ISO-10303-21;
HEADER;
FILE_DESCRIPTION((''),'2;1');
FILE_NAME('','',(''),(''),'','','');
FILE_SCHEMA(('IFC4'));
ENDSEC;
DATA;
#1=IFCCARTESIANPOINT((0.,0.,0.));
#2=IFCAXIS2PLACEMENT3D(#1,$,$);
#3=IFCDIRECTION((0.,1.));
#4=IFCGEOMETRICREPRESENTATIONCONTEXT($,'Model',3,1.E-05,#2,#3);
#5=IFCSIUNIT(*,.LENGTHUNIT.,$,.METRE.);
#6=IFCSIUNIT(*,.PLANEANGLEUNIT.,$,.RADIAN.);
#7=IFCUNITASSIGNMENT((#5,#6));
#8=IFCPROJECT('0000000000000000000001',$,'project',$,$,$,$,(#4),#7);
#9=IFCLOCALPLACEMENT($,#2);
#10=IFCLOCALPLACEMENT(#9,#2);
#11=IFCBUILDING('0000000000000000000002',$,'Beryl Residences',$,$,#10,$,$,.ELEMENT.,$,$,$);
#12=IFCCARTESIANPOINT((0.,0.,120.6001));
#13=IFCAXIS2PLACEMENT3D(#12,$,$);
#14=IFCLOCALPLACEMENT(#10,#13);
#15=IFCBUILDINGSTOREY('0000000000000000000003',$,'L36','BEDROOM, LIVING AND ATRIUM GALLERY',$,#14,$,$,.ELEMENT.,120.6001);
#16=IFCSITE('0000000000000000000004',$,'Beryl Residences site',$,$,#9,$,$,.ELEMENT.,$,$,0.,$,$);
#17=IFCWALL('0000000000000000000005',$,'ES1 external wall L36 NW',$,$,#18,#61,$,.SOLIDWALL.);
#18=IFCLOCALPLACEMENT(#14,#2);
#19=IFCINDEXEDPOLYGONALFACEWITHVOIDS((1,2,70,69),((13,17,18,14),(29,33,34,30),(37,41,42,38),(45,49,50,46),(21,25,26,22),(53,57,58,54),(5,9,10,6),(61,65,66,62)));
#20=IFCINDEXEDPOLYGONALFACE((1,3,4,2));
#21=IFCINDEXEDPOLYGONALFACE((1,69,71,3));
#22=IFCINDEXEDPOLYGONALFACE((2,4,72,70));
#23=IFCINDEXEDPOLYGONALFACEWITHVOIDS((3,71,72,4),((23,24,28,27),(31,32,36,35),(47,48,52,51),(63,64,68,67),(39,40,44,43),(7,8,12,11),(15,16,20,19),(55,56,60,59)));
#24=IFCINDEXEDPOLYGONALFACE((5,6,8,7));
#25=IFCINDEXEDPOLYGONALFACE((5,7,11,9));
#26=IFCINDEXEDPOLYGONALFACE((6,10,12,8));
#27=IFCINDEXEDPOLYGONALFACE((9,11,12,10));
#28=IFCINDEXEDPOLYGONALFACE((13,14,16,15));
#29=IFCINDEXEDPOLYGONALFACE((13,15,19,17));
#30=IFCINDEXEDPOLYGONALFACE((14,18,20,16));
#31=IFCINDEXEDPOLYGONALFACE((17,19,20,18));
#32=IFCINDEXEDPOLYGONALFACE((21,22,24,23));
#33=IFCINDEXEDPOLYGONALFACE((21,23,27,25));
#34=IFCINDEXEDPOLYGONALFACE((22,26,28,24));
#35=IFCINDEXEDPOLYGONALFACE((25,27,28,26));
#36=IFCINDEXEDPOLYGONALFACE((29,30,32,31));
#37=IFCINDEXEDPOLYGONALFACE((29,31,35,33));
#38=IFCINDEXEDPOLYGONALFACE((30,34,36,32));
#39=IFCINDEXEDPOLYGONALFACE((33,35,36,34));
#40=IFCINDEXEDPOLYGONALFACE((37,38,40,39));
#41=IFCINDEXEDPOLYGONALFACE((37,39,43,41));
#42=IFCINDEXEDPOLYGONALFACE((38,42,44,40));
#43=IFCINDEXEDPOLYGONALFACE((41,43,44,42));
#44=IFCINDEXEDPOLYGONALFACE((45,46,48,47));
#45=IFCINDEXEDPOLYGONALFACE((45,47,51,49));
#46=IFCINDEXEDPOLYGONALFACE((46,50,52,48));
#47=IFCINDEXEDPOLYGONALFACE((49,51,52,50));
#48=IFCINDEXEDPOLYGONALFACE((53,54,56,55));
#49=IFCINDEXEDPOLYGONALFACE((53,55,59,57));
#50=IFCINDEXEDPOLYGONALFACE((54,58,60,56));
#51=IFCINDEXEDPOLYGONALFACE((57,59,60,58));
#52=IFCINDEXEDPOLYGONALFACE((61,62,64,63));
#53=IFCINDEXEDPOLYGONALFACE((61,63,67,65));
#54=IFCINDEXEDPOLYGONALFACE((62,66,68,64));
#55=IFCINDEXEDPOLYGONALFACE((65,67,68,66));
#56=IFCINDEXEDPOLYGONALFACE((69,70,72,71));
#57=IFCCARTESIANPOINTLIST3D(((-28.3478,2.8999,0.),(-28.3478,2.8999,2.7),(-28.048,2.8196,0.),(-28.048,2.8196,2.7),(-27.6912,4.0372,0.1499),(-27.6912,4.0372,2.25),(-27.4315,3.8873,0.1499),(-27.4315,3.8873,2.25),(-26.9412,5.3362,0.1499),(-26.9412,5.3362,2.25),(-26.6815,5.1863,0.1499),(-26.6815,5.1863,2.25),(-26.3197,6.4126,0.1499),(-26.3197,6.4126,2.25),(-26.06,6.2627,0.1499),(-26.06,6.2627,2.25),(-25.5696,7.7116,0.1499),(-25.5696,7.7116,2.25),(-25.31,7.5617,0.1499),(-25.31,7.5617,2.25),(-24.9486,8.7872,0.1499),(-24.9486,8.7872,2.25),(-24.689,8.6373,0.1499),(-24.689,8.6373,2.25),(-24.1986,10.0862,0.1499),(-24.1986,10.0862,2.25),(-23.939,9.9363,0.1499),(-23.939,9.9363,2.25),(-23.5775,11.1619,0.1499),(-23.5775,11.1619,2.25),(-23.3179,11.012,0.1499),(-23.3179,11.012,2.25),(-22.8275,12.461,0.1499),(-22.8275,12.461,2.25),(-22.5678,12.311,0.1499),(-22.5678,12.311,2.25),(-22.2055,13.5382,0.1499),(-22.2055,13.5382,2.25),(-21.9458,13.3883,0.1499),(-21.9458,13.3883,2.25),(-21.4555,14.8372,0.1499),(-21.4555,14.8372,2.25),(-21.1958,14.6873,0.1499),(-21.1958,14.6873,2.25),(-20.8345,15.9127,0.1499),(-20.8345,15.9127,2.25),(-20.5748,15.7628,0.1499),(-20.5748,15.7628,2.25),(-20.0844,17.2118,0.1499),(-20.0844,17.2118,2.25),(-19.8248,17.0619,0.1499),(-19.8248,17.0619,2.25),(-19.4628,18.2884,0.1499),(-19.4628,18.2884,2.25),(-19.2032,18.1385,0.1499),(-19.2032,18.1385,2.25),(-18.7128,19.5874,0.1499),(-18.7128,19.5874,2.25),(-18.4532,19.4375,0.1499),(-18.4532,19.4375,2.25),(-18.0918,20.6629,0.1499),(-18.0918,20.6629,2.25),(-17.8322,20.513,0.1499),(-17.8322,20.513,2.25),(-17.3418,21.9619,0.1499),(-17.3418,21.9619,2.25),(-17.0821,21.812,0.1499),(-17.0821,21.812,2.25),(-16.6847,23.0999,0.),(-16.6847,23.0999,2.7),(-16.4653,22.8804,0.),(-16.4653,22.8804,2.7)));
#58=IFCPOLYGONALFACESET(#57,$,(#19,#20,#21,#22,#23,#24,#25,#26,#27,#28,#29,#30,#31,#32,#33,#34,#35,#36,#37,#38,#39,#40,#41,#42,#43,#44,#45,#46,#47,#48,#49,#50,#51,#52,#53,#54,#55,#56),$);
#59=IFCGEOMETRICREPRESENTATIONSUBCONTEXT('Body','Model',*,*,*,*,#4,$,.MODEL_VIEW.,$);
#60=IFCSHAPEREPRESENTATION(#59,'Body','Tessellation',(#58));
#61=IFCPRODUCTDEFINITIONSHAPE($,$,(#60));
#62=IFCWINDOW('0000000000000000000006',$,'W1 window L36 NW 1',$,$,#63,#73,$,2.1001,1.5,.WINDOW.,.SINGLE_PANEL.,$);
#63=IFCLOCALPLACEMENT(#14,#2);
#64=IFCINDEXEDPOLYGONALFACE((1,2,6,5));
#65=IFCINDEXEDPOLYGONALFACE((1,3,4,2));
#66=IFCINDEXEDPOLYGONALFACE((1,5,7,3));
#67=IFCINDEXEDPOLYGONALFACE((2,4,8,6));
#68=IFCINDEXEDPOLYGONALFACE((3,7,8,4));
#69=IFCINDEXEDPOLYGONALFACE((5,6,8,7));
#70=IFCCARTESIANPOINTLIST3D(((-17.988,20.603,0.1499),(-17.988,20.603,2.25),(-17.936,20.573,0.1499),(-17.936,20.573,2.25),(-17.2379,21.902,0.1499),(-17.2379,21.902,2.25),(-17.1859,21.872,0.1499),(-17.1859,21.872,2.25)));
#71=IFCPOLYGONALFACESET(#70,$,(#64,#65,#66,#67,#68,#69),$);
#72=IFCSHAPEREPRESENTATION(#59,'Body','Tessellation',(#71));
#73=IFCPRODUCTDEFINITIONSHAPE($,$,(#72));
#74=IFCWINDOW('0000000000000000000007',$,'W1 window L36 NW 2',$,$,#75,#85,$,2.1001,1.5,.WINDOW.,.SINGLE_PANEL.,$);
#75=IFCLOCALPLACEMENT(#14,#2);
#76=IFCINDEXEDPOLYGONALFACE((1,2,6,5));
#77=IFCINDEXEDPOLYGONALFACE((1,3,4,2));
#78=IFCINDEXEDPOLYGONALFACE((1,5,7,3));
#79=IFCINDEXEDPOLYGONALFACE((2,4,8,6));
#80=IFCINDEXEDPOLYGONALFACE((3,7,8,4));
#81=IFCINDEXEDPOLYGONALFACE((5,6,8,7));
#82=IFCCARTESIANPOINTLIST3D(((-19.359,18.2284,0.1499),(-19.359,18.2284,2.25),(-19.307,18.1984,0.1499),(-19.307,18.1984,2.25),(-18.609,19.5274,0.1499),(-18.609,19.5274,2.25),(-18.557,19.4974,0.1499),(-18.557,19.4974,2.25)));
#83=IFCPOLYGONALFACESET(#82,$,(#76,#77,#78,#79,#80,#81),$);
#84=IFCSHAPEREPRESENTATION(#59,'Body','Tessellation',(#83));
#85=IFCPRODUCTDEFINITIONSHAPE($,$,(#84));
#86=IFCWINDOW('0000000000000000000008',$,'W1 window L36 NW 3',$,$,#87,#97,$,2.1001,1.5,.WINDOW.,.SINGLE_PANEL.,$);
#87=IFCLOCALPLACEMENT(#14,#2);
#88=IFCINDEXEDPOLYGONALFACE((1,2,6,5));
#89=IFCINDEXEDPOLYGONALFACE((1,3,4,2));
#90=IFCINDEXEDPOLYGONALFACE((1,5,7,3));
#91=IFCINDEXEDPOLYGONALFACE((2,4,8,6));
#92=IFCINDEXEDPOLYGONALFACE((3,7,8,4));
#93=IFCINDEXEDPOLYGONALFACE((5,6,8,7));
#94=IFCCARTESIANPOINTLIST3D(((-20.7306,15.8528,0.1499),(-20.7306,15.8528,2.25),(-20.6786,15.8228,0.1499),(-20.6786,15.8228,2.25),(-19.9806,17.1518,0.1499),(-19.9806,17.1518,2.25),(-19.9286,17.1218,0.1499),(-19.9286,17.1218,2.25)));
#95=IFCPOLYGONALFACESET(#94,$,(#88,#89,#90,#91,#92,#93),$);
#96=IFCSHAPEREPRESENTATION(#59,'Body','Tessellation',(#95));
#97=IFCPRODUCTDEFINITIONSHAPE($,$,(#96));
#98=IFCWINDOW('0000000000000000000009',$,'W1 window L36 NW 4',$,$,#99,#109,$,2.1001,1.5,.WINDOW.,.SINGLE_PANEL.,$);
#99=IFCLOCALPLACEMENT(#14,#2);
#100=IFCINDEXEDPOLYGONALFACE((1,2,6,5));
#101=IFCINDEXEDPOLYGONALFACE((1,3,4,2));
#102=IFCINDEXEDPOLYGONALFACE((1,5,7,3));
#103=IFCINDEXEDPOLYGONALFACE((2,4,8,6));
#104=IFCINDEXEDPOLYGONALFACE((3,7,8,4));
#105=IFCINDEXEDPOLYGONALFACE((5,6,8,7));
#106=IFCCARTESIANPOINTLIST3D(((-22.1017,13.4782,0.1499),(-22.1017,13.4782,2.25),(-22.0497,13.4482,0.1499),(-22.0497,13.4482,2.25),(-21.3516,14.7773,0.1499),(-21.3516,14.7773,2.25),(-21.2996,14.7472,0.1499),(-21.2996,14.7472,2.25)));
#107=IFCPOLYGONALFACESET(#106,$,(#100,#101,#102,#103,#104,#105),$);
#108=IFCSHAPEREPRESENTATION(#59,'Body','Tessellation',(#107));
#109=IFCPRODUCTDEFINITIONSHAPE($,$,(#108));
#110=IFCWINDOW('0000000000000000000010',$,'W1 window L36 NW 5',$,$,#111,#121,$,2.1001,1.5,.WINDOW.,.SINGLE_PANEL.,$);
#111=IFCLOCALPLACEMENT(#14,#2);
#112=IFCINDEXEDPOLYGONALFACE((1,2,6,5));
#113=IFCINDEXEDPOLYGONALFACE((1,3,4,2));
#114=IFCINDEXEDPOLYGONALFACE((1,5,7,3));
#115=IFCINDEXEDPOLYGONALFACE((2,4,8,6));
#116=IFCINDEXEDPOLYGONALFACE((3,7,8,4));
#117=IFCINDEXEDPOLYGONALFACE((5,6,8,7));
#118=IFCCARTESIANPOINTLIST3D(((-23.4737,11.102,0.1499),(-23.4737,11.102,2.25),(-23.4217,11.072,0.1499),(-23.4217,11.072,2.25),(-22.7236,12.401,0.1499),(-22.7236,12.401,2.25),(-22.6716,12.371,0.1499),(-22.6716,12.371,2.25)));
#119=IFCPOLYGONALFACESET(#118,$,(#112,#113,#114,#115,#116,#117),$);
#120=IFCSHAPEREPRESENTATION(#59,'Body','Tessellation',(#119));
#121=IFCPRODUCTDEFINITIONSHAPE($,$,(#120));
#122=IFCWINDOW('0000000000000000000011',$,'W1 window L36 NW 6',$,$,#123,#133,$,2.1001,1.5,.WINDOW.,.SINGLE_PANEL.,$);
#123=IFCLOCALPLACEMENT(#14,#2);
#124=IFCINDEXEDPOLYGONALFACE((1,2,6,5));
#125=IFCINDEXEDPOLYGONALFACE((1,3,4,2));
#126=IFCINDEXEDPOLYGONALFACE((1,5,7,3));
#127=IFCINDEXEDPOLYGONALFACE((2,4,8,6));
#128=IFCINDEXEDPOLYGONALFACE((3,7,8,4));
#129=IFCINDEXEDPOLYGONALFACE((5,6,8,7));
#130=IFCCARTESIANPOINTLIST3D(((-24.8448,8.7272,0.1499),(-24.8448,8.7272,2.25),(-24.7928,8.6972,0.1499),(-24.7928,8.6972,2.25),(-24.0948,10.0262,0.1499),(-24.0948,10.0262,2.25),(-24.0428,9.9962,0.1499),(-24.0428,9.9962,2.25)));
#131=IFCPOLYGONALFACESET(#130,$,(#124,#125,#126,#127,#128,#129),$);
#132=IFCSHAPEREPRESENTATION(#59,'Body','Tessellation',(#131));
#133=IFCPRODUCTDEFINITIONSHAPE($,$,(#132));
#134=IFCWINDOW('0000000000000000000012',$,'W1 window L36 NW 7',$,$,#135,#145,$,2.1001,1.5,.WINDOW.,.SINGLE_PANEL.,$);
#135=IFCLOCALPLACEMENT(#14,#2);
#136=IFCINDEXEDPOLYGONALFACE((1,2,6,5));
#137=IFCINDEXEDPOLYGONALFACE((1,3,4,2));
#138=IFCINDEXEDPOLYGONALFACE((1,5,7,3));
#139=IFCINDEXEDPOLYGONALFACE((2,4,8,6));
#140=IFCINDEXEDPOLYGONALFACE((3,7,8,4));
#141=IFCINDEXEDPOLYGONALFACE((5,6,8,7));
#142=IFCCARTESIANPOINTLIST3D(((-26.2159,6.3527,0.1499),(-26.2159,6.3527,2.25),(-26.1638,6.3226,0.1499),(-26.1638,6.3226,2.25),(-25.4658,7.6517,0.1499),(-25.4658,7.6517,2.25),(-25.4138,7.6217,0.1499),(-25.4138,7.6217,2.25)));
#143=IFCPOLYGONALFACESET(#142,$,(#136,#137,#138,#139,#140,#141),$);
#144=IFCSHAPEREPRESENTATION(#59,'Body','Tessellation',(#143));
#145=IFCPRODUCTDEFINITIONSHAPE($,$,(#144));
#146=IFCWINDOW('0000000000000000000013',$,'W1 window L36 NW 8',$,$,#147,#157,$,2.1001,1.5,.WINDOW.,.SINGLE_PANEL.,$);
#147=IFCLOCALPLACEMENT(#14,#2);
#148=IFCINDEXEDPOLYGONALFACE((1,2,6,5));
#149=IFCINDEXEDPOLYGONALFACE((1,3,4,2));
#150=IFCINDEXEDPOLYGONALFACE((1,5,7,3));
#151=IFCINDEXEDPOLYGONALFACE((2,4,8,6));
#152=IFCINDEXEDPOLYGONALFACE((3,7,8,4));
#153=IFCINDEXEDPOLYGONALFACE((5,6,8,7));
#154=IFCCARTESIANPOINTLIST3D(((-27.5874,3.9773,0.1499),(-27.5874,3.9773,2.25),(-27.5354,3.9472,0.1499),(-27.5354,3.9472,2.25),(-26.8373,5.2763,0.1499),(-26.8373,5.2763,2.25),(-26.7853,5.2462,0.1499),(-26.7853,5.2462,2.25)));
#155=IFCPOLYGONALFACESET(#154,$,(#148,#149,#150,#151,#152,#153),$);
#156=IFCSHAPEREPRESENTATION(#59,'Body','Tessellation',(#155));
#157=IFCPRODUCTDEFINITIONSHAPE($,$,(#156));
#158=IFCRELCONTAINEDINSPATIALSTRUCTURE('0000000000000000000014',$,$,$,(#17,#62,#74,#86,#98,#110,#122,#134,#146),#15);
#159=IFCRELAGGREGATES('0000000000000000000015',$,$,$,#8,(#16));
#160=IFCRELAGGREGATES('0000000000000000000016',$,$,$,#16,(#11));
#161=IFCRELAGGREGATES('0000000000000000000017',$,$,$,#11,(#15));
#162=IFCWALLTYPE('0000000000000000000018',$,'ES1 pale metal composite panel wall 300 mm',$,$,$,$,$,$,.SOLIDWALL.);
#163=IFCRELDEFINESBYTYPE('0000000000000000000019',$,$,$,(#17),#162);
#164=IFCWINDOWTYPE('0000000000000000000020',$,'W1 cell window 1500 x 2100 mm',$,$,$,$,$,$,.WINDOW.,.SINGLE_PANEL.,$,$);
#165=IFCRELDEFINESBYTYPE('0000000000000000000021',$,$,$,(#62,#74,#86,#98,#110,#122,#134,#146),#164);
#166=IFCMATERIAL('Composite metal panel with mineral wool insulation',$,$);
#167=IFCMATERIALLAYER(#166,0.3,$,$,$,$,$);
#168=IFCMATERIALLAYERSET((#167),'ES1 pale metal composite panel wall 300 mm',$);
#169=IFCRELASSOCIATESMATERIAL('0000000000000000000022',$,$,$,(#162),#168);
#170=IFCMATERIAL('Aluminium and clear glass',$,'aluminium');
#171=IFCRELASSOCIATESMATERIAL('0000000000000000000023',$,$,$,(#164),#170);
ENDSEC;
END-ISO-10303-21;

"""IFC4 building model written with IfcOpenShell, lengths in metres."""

from ifc_helpers import new_model, si_unit, direction, frame, frame_2d, origin, place, context, subcontext, project, spatial, polyline, rectangle, outline, extrude, material, layer, layer_set, type_object, element, fill, save


model = new_model("IFC4")

# Units and contexts
model_context = context("Model", 3, precision=1e-05, world=origin(), true_north=direction((0.0, 1.0)))
body_context = subcontext(model_context, "Body", "Model", "MODEL_VIEW")
ifc_project = project(units=[si_unit("LENGTHUNIT", "METRE"), si_unit("PLANEANGLEUNIT", "RADIAN")], contexts=[model_context])

# Site, building, storey
site_placement = place(None, origin())
site = spatial("IfcSite", under=ifc_project, at=site_placement, Name="Beryl Residences site", CompositionType="ELEMENT", RefElevation=0.0)
building_placement = place(site_placement, origin())
building = spatial("IfcBuilding", under=site, at=building_placement, Name="Beryl Residences", CompositionType="ELEMENT")
storey_placement = place(building_placement, frame((0.0, 0.0, 120.6001)))
storey = spatial("IfcBuildingStorey", under=building, at=storey_placement, Name="L36", Description="BEDROOM, LIVING AND ATRIUM GALLERY", CompositionType="ELEMENT", Elevation=120.6001)

# Wall, openings, windows
ifc_material_1 = material(Name="Composite metal panel with mineral wool insulation")
ifc_layer_1 = layer(ifc_material_1, 0.3)
ifc_layer_set_1 = layer_set([ifc_layer_1], Name="ES1 pale metal composite panel wall 300 mm")
wall_type_1 = type_object("IfcWallType", Name="ES1 pale metal composite panel wall 300 mm", PredefinedType="SOLIDWALL", material=ifc_layer_set_1)
wall_1_placement = place(storey_placement, frame((-16.5549, 23.0249, 0.0), z_axis=(0.0, 0.0, 1.0), x_axis=(-0.500021, -0.866014, 0.0)))
wall_1 = element("IfcWall", 1, at=wall_1_placement, inside=storey, type_object=wall_type_1, Name="ES1 external wall L36 NW", PredefinedType="SOLIDWALL", context=body_context, shape_type="SweptSolid", body=[
    extrude(outline(polyline([(0.0, -0.1499), (23.3252, -0.1499), (23.2449, 0.1499), (0.0803, 0.1499), (0.0, -0.1499)])), origin(), (0.0, 0.0, 1.0), 2.7),
])
opening_1_placement = place(wall_1_placement, frame((1.314, 0.0, 0.1499)))
opening_1 = element("IfcOpeningElement", 2, at=opening_1_placement, cuts=wall_1, PredefinedType="OPENING", context=body_context, shape_type="SweptSolid", body=[
    extrude(rectangle(XDim=1.5, YDim=2.1001, at=frame_2d((0.75, 1.05))), frame((0.0, 0.1599, 0.0), z_axis=(0.0, -1.0, 0.0), x_axis=(1.0, 0.0, 0.0)), (0.0, 0.0, 1.0), 0.3201),
])
opening_2_placement = place(wall_1_placement, frame((4.0559, 0.0, 0.1499)))
opening_2 = element("IfcOpeningElement", 3, at=opening_2_placement, cuts=wall_1, PredefinedType="OPENING", context=body_context, shape_type="SweptSolid", body=[
    extrude(rectangle(XDim=1.5, YDim=2.1001, at=frame_2d((0.75, 1.05))), frame((0.0, 0.1599, 0.0), z_axis=(0.0, -1.0, 0.0), x_axis=(1.0, 0.0, 0.0)), (0.0, 0.0, 1.0), 0.3201),
])
opening_3_placement = place(wall_1_placement, frame((6.7991, 0.0, 0.1499)))
opening_3 = element("IfcOpeningElement", 4, at=opening_3_placement, cuts=wall_1, PredefinedType="OPENING", context=body_context, shape_type="SweptSolid", body=[
    extrude(rectangle(XDim=1.5, YDim=2.1001, at=frame_2d((0.75, 1.05))), frame((0.0, 0.1599, 0.0), z_axis=(0.0, -1.0, 0.0), x_axis=(1.0, 0.0, 0.0)), (0.0, 0.0, 1.0), 0.3201),
])
opening_4_placement = place(wall_1_placement, frame((9.541, 0.0, 0.1499)))
opening_4 = element("IfcOpeningElement", 5, at=opening_4_placement, cuts=wall_1, PredefinedType="OPENING", context=body_context, shape_type="SweptSolid", body=[
    extrude(rectangle(XDim=1.5, YDim=2.1001, at=frame_2d((0.75, 1.05))), frame((0.0, 0.1599, 0.0), z_axis=(0.0, -1.0, 0.0), x_axis=(1.0, 0.0, 0.0)), (0.0, 0.0, 1.0), 0.3201),
])
opening_5_placement = place(wall_1_placement, frame((12.2849, 0.0, 0.1499)))
opening_5 = element("IfcOpeningElement", 6, at=opening_5_placement, cuts=wall_1, PredefinedType="OPENING", context=body_context, shape_type="SweptSolid", body=[
    extrude(rectangle(XDim=1.5, YDim=2.1001, at=frame_2d((0.75, 1.05))), frame((0.0, 0.1599, 0.0), z_axis=(0.0, -1.0, 0.0), x_axis=(1.0, 0.0, 0.0)), (0.0, 0.0, 1.0), 0.3201),
])
opening_6_placement = place(wall_1_placement, frame((15.0271, 0.0, 0.1499)))
opening_6 = element("IfcOpeningElement", 7, at=opening_6_placement, cuts=wall_1, PredefinedType="OPENING", context=body_context, shape_type="SweptSolid", body=[
    extrude(rectangle(XDim=1.5, YDim=2.1001, at=frame_2d((0.75, 1.05))), frame((0.0, 0.1599, 0.0), z_axis=(0.0, -1.0, 0.0), x_axis=(1.0, 0.0, 0.0)), (0.0, 0.0, 1.0), 0.3201),
])
opening_7_placement = place(wall_1_placement, frame((17.769, 0.0, 0.1499)))
opening_7 = element("IfcOpeningElement", 8, at=opening_7_placement, cuts=wall_1, PredefinedType="OPENING", context=body_context, shape_type="SweptSolid", body=[
    extrude(rectangle(XDim=1.5, YDim=2.1001, at=frame_2d((0.75, 1.05))), frame((0.0, 0.1599, 0.0), z_axis=(0.0, -1.0, 0.0), x_axis=(1.0, 0.0, 0.0)), (0.0, 0.0, 1.0), 0.3201),
])
opening_8_placement = place(wall_1_placement, frame((20.512, 0.0, 0.1499)))
opening_8 = element("IfcOpeningElement", 9, at=opening_8_placement, cuts=wall_1, PredefinedType="OPENING", context=body_context, shape_type="SweptSolid", body=[
    extrude(rectangle(XDim=1.5, YDim=2.1001, at=frame_2d((0.75, 1.05))), frame((0.0, 0.1599, 0.0), z_axis=(0.0, -1.0, 0.0), x_axis=(1.0, 0.0, 0.0)), (0.0, 0.0, 1.0), 0.3201),
])
ifc_material_2 = material(Name="Aluminium and clear glass", Category="aluminium")
window_type = type_object("IfcWindowType", Name="W1 cell window 1500 x 2100 mm", PartitioningType="SINGLE_PANEL", PredefinedType="WINDOW", material=ifc_material_2)
window_1_placement = place(opening_1_placement, origin())
window_1 = element("IfcWindow", 10, at=window_1_placement, inside=storey, type_object=window_type, Name="W1 window L36 NW 1", OverallHeight=2.1001, OverallWidth=1.5, PartitioningType="SINGLE_PANEL", PredefinedType="WINDOW", context=body_context, shape_type="SweptSolid", body=[
    extrude(rectangle(XDim=1.5, YDim=2.1001, at=frame_2d((0.75, 1.05))), frame((0.0, 0.03, 0.0), z_axis=(0.0, -1.0, 0.0), x_axis=(1.0, 0.0, 0.0)), (0.0, 0.0, 1.0), 0.0601),
])
fill(opening_1, window_1)
window_2_placement = place(opening_2_placement, origin())
window_2 = element("IfcWindow", 11, at=window_2_placement, inside=storey, type_object=window_type, Name="W1 window L36 NW 2", OverallHeight=2.1001, OverallWidth=1.5, PartitioningType="SINGLE_PANEL", PredefinedType="WINDOW", context=body_context, shape_type="SweptSolid", body=[
    extrude(rectangle(XDim=1.5, YDim=2.1001, at=frame_2d((0.75, 1.05))), frame((0.0, 0.03, 0.0), z_axis=(0.0, -1.0, 0.0), x_axis=(1.0, 0.0, 0.0)), (0.0, 0.0, 1.0), 0.0601),
])
fill(opening_2, window_2)
window_3_placement = place(opening_3_placement, origin())
window_3 = element("IfcWindow", 12, at=window_3_placement, inside=storey, type_object=window_type, Name="W1 window L36 NW 3", OverallHeight=2.1001, OverallWidth=1.5, PartitioningType="SINGLE_PANEL", PredefinedType="WINDOW", context=body_context, shape_type="SweptSolid", body=[
    extrude(rectangle(XDim=1.5, YDim=2.1001, at=frame_2d((0.75, 1.05))), frame((0.0, 0.03, 0.0), z_axis=(0.0, -1.0, 0.0), x_axis=(1.0, 0.0, 0.0)), (0.0, 0.0, 1.0), 0.0601),
])
fill(opening_3, window_3)
window_4_placement = place(opening_4_placement, origin())
window_4 = element("IfcWindow", 13, at=window_4_placement, inside=storey, type_object=window_type, Name="W1 window L36 NW 4", OverallHeight=2.1001, OverallWidth=1.5, PartitioningType="SINGLE_PANEL", PredefinedType="WINDOW", context=body_context, shape_type="SweptSolid", body=[
    extrude(rectangle(XDim=1.5, YDim=2.1001, at=frame_2d((0.75, 1.05))), frame((0.0, 0.03, 0.0), z_axis=(0.0, -1.0, 0.0), x_axis=(1.0, 0.0, 0.0)), (0.0, 0.0, 1.0), 0.0601),
])
fill(opening_4, window_4)
window_5_placement = place(opening_5_placement, origin())
window_5 = element("IfcWindow", 14, at=window_5_placement, inside=storey, type_object=window_type, Name="W1 window L36 NW 5", OverallHeight=2.1001, OverallWidth=1.5, PartitioningType="SINGLE_PANEL", PredefinedType="WINDOW", context=body_context, shape_type="SweptSolid", body=[
    extrude(rectangle(XDim=1.5, YDim=2.1001, at=frame_2d((0.75, 1.05))), frame((0.0, 0.03, 0.0), z_axis=(0.0, -1.0, 0.0), x_axis=(1.0, 0.0, 0.0)), (0.0, 0.0, 1.0), 0.0601),
])
fill(opening_5, window_5)
window_6_placement = place(opening_6_placement, origin())
window_6 = element("IfcWindow", 15, at=window_6_placement, inside=storey, type_object=window_type, Name="W1 window L36 NW 6", OverallHeight=2.1001, OverallWidth=1.5, PartitioningType="SINGLE_PANEL", PredefinedType="WINDOW", context=body_context, shape_type="SweptSolid", body=[
    extrude(rectangle(XDim=1.5, YDim=2.1001, at=frame_2d((0.75, 1.05))), frame((0.0, 0.03, 0.0), z_axis=(0.0, -1.0, 0.0), x_axis=(1.0, 0.0, 0.0)), (0.0, 0.0, 1.0), 0.0601),
])
fill(opening_6, window_6)
window_7_placement = place(opening_7_placement, origin())
window_7 = element("IfcWindow", 16, at=window_7_placement, inside=storey, type_object=window_type, Name="W1 window L36 NW 7", OverallHeight=2.1001, OverallWidth=1.5, PartitioningType="SINGLE_PANEL", PredefinedType="WINDOW", context=body_context, shape_type="SweptSolid", body=[
    extrude(rectangle(XDim=1.5, YDim=2.1001, at=frame_2d((0.75, 1.05))), frame((0.0, 0.03, 0.0), z_axis=(0.0, -1.0, 0.0), x_axis=(1.0, 0.0, 0.0)), (0.0, 0.0, 1.0), 0.0601),
])
fill(opening_7, window_7)
window_8_placement = place(opening_8_placement, origin())
window_8 = element("IfcWindow", 17, at=window_8_placement, inside=storey, type_object=window_type, Name="W1 window L36 NW 8", OverallHeight=2.1001, OverallWidth=1.5, PartitioningType="SINGLE_PANEL", PredefinedType="WINDOW", context=body_context, shape_type="SweptSolid", body=[
    extrude(rectangle(XDim=1.5, YDim=2.1001, at=frame_2d((0.75, 1.05))), frame((0.0, 0.03, 0.0), z_axis=(0.0, -1.0, 0.0), x_axis=(1.0, 0.0, 0.0)), (0.0, 0.0, 1.0), 0.0601),
])
fill(opening_8, window_8)

save(model, "model.ifc")
